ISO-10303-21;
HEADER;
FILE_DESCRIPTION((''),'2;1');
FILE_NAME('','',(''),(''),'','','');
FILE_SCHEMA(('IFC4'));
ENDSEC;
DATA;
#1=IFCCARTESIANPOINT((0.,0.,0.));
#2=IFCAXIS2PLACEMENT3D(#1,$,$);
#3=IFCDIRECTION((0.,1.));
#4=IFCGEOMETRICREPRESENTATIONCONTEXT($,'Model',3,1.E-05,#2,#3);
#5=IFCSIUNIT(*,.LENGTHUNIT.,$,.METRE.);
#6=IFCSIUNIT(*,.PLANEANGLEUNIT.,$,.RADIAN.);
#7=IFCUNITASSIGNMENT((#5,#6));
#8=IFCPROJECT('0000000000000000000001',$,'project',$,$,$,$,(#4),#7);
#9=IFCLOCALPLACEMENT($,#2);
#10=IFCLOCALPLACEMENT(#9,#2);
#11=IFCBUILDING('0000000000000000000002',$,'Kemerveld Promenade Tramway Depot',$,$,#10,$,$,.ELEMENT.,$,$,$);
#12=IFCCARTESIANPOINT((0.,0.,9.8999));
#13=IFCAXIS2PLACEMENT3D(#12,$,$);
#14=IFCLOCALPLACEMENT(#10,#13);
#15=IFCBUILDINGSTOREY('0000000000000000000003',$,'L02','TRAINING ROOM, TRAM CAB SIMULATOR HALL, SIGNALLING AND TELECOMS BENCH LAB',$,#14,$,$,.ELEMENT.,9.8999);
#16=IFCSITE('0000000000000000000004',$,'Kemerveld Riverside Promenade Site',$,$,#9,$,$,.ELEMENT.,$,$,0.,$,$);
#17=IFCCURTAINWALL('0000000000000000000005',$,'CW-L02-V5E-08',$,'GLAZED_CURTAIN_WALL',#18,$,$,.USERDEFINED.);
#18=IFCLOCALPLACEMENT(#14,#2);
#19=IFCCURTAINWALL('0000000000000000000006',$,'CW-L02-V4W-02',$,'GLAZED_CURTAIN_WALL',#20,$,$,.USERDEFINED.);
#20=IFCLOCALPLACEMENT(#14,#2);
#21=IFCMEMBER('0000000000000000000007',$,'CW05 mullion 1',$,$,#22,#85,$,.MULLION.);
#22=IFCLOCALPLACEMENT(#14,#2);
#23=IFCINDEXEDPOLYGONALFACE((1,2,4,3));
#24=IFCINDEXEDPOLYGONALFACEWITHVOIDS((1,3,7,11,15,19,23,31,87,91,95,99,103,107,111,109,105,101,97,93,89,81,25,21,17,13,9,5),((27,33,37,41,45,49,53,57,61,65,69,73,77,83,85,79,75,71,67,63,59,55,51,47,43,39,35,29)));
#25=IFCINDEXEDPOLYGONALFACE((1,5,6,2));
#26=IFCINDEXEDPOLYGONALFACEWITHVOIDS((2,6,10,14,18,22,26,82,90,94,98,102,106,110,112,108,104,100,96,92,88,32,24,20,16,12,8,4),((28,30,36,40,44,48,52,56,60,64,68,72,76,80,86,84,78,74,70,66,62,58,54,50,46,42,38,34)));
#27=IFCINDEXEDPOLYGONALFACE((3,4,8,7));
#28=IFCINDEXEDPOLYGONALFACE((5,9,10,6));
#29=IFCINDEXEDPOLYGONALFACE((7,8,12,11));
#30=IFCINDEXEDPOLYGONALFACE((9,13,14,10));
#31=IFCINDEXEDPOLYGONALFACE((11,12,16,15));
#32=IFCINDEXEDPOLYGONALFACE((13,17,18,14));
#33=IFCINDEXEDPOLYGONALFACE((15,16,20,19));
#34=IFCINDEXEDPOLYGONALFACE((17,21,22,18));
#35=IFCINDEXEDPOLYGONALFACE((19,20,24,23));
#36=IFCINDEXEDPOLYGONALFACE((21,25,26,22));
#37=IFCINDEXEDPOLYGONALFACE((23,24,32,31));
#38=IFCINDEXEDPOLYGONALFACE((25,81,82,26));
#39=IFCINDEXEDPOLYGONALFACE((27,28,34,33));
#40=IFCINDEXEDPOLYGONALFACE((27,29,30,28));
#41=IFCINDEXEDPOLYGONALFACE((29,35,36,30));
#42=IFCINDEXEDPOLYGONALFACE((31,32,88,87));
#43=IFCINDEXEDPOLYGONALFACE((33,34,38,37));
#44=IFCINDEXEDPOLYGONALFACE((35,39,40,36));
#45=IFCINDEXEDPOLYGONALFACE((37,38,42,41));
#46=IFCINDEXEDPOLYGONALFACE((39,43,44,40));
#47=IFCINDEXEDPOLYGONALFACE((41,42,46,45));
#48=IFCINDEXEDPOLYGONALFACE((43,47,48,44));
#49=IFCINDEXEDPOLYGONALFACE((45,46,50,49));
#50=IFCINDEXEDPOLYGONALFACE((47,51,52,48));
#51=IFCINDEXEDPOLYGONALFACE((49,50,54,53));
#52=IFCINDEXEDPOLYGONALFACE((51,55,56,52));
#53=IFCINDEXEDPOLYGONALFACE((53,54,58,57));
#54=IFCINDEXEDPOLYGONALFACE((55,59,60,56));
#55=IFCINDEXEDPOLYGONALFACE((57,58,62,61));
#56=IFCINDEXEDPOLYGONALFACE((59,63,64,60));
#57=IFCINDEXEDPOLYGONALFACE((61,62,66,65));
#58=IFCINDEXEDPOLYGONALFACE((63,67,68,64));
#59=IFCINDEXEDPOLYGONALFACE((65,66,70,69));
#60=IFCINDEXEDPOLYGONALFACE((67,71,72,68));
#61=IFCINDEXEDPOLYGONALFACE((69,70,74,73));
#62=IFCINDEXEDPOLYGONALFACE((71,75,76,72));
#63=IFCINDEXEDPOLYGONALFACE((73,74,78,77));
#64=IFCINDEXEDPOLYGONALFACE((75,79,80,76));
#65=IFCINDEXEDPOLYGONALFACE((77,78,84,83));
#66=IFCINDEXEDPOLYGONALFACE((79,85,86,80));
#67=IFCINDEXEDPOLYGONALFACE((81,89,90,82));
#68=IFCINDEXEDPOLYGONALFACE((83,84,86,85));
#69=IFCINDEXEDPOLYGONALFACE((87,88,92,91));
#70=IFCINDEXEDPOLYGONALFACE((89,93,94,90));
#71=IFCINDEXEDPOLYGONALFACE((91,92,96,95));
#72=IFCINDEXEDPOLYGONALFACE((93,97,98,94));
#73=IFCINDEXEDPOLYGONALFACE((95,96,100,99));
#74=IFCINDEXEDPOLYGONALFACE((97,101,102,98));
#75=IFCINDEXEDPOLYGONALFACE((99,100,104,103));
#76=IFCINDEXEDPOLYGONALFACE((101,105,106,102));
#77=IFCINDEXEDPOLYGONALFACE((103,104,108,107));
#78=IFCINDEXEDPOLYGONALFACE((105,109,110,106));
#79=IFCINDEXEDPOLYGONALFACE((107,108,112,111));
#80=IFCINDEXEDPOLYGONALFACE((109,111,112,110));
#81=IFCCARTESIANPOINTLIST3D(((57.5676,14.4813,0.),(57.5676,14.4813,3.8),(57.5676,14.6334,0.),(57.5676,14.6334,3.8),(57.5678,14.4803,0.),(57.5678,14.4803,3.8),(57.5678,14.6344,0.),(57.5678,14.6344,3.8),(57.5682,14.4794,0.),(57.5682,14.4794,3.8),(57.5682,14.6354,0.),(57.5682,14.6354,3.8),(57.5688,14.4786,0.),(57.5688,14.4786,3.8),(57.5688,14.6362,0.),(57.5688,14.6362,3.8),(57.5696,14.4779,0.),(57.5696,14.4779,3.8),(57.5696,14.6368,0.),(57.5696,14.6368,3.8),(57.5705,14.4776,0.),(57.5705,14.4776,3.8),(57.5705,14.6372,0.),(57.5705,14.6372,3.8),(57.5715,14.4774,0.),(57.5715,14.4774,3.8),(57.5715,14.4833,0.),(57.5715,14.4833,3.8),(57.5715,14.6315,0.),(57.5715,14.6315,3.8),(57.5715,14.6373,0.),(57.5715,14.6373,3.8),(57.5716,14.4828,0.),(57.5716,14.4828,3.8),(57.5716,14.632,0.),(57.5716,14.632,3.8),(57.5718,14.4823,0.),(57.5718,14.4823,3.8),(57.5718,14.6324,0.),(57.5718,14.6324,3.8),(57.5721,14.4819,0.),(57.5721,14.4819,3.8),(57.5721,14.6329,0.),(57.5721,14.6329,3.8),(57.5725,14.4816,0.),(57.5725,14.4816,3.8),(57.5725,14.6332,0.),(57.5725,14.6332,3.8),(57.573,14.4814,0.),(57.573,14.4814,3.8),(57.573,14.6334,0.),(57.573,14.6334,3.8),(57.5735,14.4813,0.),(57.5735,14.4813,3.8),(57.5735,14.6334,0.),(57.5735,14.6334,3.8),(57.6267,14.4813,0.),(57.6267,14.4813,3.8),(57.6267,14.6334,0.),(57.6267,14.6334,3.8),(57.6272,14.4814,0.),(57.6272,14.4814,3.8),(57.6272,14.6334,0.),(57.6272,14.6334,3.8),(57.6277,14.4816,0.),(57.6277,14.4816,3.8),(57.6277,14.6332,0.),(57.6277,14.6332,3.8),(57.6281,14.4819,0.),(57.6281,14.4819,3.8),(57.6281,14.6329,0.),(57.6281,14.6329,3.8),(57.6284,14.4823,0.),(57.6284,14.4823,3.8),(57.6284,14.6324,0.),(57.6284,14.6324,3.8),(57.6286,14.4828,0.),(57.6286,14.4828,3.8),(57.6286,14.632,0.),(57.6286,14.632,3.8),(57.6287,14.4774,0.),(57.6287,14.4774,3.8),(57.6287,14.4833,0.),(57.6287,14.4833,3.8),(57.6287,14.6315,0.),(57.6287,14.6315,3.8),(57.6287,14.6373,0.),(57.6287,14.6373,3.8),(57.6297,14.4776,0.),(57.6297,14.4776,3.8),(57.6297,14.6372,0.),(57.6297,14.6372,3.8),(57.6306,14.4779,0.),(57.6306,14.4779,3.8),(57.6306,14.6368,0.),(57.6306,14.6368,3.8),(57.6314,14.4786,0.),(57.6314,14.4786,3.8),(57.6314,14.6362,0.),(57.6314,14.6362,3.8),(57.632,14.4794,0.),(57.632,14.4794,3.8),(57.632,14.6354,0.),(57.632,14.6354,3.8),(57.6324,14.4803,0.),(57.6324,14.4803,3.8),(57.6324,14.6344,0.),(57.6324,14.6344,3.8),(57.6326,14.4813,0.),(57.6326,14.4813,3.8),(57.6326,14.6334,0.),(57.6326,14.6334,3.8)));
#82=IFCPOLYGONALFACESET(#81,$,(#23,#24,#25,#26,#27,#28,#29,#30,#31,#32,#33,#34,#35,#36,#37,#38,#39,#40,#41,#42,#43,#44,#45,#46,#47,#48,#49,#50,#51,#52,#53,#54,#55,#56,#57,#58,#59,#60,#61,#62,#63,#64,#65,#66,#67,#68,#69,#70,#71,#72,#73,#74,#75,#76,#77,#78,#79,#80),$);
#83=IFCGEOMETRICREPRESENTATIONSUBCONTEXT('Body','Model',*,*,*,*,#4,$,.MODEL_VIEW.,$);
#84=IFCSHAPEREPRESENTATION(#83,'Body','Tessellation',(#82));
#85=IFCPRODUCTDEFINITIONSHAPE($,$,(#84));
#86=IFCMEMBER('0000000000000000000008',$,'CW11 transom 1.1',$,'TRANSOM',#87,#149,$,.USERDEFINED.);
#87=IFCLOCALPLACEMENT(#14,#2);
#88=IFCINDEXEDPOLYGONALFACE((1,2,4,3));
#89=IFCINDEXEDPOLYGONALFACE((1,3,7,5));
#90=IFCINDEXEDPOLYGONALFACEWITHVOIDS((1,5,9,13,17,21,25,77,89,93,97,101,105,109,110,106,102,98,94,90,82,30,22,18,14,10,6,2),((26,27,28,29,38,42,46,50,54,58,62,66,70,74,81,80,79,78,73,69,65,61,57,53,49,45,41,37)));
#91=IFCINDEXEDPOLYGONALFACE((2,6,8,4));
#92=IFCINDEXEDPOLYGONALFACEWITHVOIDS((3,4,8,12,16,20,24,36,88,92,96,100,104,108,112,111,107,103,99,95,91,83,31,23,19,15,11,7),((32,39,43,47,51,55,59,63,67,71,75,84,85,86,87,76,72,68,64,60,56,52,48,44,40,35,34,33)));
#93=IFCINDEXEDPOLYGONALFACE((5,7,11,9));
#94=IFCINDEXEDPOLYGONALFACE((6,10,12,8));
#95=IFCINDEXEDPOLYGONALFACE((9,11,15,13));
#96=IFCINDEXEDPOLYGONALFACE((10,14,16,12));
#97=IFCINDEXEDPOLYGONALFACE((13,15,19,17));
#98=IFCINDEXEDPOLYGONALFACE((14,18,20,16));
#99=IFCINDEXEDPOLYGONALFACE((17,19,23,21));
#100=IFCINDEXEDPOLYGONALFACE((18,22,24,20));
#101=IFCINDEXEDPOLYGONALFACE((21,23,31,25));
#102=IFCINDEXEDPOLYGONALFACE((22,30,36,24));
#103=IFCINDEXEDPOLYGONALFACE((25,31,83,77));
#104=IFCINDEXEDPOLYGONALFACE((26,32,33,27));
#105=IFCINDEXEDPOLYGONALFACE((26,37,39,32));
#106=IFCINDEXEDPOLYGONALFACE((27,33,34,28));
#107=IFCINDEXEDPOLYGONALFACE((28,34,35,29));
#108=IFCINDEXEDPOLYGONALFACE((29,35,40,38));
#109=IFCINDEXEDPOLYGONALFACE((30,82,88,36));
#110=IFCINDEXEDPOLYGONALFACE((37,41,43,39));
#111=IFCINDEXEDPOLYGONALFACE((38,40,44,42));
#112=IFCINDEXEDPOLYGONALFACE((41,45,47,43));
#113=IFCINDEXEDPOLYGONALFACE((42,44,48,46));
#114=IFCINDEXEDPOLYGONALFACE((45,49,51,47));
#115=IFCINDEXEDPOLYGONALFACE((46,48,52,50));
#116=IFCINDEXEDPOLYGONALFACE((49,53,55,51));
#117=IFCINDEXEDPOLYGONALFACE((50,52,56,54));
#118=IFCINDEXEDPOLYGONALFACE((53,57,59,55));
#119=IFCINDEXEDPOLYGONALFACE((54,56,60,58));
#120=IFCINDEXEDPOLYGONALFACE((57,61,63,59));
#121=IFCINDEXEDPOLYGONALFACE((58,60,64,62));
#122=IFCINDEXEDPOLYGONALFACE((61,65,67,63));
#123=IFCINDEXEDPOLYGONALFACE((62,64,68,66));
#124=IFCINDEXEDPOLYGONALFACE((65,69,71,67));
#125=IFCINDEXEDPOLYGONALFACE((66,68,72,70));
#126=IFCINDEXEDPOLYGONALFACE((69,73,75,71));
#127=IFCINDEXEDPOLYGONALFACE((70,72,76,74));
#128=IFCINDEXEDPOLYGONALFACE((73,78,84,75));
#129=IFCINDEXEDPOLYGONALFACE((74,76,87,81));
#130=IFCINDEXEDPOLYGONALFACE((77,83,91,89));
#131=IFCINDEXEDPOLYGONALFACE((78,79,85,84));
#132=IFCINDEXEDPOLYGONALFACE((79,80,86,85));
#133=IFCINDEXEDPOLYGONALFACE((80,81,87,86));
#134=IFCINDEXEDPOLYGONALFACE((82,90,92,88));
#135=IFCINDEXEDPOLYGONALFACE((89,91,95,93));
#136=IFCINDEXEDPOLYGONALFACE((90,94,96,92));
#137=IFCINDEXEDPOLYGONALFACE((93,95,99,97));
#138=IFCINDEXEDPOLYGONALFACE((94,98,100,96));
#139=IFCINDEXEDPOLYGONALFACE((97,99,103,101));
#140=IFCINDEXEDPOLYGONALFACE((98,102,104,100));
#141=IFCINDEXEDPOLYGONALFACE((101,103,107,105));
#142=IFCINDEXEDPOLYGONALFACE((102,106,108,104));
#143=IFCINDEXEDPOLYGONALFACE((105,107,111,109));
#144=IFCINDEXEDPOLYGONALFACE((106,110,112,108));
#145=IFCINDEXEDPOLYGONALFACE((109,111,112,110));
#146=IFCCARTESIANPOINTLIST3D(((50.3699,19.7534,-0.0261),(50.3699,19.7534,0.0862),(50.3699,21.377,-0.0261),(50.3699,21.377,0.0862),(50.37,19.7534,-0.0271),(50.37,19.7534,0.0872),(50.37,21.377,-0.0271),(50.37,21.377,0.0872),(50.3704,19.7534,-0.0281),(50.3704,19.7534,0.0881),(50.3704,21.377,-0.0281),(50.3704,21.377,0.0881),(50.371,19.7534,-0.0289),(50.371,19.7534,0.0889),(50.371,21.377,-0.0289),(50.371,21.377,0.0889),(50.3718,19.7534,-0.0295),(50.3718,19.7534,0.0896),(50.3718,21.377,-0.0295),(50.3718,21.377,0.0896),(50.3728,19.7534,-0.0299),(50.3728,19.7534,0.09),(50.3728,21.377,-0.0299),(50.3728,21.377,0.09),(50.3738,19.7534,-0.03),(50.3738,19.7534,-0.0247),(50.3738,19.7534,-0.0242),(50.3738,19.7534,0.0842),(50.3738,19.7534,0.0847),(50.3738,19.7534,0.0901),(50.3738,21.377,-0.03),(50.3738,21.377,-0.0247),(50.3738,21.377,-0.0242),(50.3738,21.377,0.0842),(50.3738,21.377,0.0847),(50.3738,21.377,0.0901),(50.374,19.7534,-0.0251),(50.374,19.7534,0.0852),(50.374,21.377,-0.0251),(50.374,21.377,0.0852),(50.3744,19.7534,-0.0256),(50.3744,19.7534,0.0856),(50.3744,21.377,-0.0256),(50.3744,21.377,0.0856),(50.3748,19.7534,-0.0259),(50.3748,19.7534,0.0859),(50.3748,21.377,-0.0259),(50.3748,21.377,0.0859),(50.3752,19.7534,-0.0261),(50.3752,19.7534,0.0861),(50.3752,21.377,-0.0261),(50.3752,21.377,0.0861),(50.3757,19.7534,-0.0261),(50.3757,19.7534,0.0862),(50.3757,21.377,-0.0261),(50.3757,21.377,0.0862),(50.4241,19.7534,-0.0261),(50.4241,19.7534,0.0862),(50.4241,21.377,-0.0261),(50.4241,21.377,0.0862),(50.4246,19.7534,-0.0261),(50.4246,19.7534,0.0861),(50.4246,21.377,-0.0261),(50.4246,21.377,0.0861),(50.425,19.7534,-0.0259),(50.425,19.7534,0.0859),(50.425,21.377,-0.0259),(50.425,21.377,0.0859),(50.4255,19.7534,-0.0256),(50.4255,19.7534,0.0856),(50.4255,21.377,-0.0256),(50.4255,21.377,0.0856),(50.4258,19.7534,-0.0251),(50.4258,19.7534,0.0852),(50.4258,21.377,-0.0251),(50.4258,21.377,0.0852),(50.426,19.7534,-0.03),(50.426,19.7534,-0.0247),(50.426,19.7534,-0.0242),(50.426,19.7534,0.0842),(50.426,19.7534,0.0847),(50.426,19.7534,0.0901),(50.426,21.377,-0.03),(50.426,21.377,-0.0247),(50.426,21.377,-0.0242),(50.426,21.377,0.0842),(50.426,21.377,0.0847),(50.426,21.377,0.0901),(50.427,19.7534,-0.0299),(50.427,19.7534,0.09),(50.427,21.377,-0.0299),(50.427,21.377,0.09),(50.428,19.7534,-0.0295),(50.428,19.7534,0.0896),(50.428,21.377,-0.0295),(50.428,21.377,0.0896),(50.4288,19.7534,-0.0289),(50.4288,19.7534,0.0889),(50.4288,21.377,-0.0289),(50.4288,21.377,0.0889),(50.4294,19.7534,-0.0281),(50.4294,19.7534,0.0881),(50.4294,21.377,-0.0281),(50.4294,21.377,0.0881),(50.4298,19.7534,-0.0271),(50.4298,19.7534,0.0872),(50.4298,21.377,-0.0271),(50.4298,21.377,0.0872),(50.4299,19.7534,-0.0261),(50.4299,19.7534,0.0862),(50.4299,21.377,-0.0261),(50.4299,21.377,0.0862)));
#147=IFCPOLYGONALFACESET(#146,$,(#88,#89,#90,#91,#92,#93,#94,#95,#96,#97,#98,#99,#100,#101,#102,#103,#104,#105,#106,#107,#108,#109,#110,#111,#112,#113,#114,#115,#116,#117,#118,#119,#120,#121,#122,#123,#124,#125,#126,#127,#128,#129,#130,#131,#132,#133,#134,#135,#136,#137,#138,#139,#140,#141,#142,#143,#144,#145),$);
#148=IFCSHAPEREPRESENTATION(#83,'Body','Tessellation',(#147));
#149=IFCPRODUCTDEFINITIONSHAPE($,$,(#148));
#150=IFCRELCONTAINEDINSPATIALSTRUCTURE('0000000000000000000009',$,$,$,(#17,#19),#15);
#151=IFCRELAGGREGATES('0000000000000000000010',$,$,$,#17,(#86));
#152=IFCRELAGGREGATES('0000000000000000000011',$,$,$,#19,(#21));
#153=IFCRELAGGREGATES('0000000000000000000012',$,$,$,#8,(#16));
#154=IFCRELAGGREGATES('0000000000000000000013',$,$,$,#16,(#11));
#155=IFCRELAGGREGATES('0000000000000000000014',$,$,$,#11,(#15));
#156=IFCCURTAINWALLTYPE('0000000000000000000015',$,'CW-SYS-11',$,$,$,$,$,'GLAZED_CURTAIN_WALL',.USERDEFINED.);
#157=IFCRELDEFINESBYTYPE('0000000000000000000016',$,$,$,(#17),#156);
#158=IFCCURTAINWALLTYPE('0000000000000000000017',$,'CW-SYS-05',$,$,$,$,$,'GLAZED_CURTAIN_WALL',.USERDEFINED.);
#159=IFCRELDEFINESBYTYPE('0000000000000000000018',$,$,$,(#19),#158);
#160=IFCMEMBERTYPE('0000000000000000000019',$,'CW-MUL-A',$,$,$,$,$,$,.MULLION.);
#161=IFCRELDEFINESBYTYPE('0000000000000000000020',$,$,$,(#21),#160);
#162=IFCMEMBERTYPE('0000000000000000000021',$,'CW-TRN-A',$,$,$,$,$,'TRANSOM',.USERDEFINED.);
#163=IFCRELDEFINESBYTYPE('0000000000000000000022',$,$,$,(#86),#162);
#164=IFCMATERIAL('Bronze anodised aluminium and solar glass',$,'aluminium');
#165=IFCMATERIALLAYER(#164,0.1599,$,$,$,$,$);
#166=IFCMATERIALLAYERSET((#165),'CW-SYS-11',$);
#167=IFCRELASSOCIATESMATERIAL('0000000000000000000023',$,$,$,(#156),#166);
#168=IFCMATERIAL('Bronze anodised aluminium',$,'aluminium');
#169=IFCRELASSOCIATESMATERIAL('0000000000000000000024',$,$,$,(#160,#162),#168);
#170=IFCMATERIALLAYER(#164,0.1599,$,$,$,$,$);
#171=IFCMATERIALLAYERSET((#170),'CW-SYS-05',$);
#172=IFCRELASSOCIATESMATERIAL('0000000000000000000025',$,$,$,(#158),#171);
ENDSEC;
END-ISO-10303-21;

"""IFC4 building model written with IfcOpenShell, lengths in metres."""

from ifc_helpers import new_model, si_unit, direction, frame, origin, origin_2d, place, context, subcontext, project, spatial, hollow_rectangle, extrude, material, layer, layer_set, material_profile, profile_set, type_object, element, aggregate, save


model = new_model("IFC4")

# Units and contexts
model_context = context("Model", 3, precision=1e-05, world=origin(), true_north=direction((0.0, 1.0)))
body_context = subcontext(model_context, "Body", "Model", "MODEL_VIEW")
ifc_project = project(units=[si_unit("LENGTHUNIT", "METRE"), si_unit("PLANEANGLEUNIT", "RADIAN")], contexts=[model_context])

# Site, building, storey
site_placement = place(None, origin())
site = spatial("IfcSite", under=ifc_project, at=site_placement, Name="Kemerveld Riverside Promenade Site", CompositionType="ELEMENT", RefElevation=0.0)
building_placement = place(site_placement, origin())
building = spatial("IfcBuilding", under=site, at=building_placement, Name="Kemerveld Promenade Tramway Depot", CompositionType="ELEMENT")
storey_placement = place(building_placement, frame((0.0, 0.0, 9.8999)))
storey = spatial("IfcBuildingStorey", under=building, at=storey_placement, Name="L02", Description="TRAINING ROOM, TRAM CAB SIMULATOR HALL, SIGNALLING AND TELECOMS BENCH LAB", CompositionType="ELEMENT", Elevation=9.8999)

# Curtain walls, member
ifc_material_1 = material(Name="Bronze anodised aluminium and solar glass", Category="aluminium")
ifc_layer_1 = layer(ifc_material_1, 0.1599)
ifc_layer_set_1 = layer_set([ifc_layer_1], Name="CW-SYS-11")
curtain_wall_type_1 = type_object("IfcCurtainWallType", Name="CW-SYS-11", ElementType="GLAZED_CURTAIN_WALL", PredefinedType="USERDEFINED", material=ifc_layer_set_1)
curtain_wall_1_placement = place(storey_placement, origin())
curtain_wall_1 = element("IfcCurtainWall", 1, at=curtain_wall_1_placement, inside=storey, type_object=curtain_wall_type_1, Name="CW-L02-V5E-08", ObjectType="GLAZED_CURTAIN_WALL", PredefinedType="USERDEFINED")
ifc_material_2 = material(Name="Bronze anodised aluminium", Category="aluminium")
ifc_material_profile_1 = material_profile(ifc_material_2, hollow_rectangle(XDim=0.0649, YDim=0.1599, WallThickness=0.0039, InnerFilletRadius=0.002, OuterFilletRadius=0.0039, at=origin_2d()), Name="CW-MUL-160x65")
ifc_profile_set_1 = profile_set([ifc_material_profile_1], Name="Bronze anodised aluminium")
member_type_1 = type_object("IfcMemberType", Name="CW-MUL-A", PredefinedType="MULLION", material=ifc_profile_set_1)
ifc_layer_2 = layer(ifc_material_1, 0.1599)
ifc_layer_set_2 = layer_set([ifc_layer_2], Name="CW-SYS-05")
curtain_wall_type_2 = type_object("IfcCurtainWallType", Name="CW-SYS-05", ElementType="GLAZED_CURTAIN_WALL", PredefinedType="USERDEFINED", material=ifc_layer_set_2)
curtain_wall_2_placement = place(storey_placement, origin())
curtain_wall_2 = element("IfcCurtainWall", 2, at=curtain_wall_2_placement, inside=storey, type_object=curtain_wall_type_2, Name="CW-L02-V4W-02", ObjectType="GLAZED_CURTAIN_WALL", PredefinedType="USERDEFINED")
member_1_placement = place(storey_placement, frame((57.6001, 14.5574, 0.0), z_axis=(0.0, 0.0, 1.0), x_axis=(-1.0, 0.0, 0.0)))
member_1 = element("IfcMember", 3, at=member_1_placement, type_object=member_type_1, Name="CW05 mullion 1", PredefinedType="MULLION", context=body_context, shape_type="SweptSolid", body=[
    extrude(hollow_rectangle(XDim=0.0649, YDim=0.1599, WallThickness=0.0039, InnerFilletRadius=0.002, OuterFilletRadius=0.0039, at=origin_2d()), origin(), (0.0, 0.0, 1.0), 3.8),
])

# Member
ifc_material_profile_2 = material_profile(ifc_material_2, hollow_rectangle(XDim=0.0601, YDim=0.1201, WallThickness=0.0039, InnerFilletRadius=0.002, OuterFilletRadius=0.0039, at=origin_2d()), Name="CW-TRN-120x60")
ifc_profile_set_2 = profile_set([ifc_material_profile_2], Name="Bronze anodised aluminium")
member_type_2 = type_object("IfcMemberType", Name="CW-TRN-A", ElementType="TRANSOM", PredefinedType="USERDEFINED", material=ifc_profile_set_2)
member_2_placement = place(storey_placement, frame((50.3999, 21.377, 0.03), z_axis=(0.0, -1.0, 0.0), x_axis=(1.0, 0.0, 0.0)))
member_2 = element("IfcMember", 4, at=member_2_placement, type_object=member_type_2, Name="CW11 transom 1.1", ObjectType="TRANSOM", PredefinedType="USERDEFINED", context=body_context, shape_type="SweptSolid", body=[
    extrude(hollow_rectangle(XDim=0.0601, YDim=0.1201, WallThickness=0.0039, InnerFilletRadius=0.002, OuterFilletRadius=0.0039, at=origin_2d()), origin(), (0.0, 0.0, 1.0), 1.6235),
])

aggregate(curtain_wall_1, [member_2])
aggregate(curtain_wall_2, [member_1])

save(model, "model.ifc")
